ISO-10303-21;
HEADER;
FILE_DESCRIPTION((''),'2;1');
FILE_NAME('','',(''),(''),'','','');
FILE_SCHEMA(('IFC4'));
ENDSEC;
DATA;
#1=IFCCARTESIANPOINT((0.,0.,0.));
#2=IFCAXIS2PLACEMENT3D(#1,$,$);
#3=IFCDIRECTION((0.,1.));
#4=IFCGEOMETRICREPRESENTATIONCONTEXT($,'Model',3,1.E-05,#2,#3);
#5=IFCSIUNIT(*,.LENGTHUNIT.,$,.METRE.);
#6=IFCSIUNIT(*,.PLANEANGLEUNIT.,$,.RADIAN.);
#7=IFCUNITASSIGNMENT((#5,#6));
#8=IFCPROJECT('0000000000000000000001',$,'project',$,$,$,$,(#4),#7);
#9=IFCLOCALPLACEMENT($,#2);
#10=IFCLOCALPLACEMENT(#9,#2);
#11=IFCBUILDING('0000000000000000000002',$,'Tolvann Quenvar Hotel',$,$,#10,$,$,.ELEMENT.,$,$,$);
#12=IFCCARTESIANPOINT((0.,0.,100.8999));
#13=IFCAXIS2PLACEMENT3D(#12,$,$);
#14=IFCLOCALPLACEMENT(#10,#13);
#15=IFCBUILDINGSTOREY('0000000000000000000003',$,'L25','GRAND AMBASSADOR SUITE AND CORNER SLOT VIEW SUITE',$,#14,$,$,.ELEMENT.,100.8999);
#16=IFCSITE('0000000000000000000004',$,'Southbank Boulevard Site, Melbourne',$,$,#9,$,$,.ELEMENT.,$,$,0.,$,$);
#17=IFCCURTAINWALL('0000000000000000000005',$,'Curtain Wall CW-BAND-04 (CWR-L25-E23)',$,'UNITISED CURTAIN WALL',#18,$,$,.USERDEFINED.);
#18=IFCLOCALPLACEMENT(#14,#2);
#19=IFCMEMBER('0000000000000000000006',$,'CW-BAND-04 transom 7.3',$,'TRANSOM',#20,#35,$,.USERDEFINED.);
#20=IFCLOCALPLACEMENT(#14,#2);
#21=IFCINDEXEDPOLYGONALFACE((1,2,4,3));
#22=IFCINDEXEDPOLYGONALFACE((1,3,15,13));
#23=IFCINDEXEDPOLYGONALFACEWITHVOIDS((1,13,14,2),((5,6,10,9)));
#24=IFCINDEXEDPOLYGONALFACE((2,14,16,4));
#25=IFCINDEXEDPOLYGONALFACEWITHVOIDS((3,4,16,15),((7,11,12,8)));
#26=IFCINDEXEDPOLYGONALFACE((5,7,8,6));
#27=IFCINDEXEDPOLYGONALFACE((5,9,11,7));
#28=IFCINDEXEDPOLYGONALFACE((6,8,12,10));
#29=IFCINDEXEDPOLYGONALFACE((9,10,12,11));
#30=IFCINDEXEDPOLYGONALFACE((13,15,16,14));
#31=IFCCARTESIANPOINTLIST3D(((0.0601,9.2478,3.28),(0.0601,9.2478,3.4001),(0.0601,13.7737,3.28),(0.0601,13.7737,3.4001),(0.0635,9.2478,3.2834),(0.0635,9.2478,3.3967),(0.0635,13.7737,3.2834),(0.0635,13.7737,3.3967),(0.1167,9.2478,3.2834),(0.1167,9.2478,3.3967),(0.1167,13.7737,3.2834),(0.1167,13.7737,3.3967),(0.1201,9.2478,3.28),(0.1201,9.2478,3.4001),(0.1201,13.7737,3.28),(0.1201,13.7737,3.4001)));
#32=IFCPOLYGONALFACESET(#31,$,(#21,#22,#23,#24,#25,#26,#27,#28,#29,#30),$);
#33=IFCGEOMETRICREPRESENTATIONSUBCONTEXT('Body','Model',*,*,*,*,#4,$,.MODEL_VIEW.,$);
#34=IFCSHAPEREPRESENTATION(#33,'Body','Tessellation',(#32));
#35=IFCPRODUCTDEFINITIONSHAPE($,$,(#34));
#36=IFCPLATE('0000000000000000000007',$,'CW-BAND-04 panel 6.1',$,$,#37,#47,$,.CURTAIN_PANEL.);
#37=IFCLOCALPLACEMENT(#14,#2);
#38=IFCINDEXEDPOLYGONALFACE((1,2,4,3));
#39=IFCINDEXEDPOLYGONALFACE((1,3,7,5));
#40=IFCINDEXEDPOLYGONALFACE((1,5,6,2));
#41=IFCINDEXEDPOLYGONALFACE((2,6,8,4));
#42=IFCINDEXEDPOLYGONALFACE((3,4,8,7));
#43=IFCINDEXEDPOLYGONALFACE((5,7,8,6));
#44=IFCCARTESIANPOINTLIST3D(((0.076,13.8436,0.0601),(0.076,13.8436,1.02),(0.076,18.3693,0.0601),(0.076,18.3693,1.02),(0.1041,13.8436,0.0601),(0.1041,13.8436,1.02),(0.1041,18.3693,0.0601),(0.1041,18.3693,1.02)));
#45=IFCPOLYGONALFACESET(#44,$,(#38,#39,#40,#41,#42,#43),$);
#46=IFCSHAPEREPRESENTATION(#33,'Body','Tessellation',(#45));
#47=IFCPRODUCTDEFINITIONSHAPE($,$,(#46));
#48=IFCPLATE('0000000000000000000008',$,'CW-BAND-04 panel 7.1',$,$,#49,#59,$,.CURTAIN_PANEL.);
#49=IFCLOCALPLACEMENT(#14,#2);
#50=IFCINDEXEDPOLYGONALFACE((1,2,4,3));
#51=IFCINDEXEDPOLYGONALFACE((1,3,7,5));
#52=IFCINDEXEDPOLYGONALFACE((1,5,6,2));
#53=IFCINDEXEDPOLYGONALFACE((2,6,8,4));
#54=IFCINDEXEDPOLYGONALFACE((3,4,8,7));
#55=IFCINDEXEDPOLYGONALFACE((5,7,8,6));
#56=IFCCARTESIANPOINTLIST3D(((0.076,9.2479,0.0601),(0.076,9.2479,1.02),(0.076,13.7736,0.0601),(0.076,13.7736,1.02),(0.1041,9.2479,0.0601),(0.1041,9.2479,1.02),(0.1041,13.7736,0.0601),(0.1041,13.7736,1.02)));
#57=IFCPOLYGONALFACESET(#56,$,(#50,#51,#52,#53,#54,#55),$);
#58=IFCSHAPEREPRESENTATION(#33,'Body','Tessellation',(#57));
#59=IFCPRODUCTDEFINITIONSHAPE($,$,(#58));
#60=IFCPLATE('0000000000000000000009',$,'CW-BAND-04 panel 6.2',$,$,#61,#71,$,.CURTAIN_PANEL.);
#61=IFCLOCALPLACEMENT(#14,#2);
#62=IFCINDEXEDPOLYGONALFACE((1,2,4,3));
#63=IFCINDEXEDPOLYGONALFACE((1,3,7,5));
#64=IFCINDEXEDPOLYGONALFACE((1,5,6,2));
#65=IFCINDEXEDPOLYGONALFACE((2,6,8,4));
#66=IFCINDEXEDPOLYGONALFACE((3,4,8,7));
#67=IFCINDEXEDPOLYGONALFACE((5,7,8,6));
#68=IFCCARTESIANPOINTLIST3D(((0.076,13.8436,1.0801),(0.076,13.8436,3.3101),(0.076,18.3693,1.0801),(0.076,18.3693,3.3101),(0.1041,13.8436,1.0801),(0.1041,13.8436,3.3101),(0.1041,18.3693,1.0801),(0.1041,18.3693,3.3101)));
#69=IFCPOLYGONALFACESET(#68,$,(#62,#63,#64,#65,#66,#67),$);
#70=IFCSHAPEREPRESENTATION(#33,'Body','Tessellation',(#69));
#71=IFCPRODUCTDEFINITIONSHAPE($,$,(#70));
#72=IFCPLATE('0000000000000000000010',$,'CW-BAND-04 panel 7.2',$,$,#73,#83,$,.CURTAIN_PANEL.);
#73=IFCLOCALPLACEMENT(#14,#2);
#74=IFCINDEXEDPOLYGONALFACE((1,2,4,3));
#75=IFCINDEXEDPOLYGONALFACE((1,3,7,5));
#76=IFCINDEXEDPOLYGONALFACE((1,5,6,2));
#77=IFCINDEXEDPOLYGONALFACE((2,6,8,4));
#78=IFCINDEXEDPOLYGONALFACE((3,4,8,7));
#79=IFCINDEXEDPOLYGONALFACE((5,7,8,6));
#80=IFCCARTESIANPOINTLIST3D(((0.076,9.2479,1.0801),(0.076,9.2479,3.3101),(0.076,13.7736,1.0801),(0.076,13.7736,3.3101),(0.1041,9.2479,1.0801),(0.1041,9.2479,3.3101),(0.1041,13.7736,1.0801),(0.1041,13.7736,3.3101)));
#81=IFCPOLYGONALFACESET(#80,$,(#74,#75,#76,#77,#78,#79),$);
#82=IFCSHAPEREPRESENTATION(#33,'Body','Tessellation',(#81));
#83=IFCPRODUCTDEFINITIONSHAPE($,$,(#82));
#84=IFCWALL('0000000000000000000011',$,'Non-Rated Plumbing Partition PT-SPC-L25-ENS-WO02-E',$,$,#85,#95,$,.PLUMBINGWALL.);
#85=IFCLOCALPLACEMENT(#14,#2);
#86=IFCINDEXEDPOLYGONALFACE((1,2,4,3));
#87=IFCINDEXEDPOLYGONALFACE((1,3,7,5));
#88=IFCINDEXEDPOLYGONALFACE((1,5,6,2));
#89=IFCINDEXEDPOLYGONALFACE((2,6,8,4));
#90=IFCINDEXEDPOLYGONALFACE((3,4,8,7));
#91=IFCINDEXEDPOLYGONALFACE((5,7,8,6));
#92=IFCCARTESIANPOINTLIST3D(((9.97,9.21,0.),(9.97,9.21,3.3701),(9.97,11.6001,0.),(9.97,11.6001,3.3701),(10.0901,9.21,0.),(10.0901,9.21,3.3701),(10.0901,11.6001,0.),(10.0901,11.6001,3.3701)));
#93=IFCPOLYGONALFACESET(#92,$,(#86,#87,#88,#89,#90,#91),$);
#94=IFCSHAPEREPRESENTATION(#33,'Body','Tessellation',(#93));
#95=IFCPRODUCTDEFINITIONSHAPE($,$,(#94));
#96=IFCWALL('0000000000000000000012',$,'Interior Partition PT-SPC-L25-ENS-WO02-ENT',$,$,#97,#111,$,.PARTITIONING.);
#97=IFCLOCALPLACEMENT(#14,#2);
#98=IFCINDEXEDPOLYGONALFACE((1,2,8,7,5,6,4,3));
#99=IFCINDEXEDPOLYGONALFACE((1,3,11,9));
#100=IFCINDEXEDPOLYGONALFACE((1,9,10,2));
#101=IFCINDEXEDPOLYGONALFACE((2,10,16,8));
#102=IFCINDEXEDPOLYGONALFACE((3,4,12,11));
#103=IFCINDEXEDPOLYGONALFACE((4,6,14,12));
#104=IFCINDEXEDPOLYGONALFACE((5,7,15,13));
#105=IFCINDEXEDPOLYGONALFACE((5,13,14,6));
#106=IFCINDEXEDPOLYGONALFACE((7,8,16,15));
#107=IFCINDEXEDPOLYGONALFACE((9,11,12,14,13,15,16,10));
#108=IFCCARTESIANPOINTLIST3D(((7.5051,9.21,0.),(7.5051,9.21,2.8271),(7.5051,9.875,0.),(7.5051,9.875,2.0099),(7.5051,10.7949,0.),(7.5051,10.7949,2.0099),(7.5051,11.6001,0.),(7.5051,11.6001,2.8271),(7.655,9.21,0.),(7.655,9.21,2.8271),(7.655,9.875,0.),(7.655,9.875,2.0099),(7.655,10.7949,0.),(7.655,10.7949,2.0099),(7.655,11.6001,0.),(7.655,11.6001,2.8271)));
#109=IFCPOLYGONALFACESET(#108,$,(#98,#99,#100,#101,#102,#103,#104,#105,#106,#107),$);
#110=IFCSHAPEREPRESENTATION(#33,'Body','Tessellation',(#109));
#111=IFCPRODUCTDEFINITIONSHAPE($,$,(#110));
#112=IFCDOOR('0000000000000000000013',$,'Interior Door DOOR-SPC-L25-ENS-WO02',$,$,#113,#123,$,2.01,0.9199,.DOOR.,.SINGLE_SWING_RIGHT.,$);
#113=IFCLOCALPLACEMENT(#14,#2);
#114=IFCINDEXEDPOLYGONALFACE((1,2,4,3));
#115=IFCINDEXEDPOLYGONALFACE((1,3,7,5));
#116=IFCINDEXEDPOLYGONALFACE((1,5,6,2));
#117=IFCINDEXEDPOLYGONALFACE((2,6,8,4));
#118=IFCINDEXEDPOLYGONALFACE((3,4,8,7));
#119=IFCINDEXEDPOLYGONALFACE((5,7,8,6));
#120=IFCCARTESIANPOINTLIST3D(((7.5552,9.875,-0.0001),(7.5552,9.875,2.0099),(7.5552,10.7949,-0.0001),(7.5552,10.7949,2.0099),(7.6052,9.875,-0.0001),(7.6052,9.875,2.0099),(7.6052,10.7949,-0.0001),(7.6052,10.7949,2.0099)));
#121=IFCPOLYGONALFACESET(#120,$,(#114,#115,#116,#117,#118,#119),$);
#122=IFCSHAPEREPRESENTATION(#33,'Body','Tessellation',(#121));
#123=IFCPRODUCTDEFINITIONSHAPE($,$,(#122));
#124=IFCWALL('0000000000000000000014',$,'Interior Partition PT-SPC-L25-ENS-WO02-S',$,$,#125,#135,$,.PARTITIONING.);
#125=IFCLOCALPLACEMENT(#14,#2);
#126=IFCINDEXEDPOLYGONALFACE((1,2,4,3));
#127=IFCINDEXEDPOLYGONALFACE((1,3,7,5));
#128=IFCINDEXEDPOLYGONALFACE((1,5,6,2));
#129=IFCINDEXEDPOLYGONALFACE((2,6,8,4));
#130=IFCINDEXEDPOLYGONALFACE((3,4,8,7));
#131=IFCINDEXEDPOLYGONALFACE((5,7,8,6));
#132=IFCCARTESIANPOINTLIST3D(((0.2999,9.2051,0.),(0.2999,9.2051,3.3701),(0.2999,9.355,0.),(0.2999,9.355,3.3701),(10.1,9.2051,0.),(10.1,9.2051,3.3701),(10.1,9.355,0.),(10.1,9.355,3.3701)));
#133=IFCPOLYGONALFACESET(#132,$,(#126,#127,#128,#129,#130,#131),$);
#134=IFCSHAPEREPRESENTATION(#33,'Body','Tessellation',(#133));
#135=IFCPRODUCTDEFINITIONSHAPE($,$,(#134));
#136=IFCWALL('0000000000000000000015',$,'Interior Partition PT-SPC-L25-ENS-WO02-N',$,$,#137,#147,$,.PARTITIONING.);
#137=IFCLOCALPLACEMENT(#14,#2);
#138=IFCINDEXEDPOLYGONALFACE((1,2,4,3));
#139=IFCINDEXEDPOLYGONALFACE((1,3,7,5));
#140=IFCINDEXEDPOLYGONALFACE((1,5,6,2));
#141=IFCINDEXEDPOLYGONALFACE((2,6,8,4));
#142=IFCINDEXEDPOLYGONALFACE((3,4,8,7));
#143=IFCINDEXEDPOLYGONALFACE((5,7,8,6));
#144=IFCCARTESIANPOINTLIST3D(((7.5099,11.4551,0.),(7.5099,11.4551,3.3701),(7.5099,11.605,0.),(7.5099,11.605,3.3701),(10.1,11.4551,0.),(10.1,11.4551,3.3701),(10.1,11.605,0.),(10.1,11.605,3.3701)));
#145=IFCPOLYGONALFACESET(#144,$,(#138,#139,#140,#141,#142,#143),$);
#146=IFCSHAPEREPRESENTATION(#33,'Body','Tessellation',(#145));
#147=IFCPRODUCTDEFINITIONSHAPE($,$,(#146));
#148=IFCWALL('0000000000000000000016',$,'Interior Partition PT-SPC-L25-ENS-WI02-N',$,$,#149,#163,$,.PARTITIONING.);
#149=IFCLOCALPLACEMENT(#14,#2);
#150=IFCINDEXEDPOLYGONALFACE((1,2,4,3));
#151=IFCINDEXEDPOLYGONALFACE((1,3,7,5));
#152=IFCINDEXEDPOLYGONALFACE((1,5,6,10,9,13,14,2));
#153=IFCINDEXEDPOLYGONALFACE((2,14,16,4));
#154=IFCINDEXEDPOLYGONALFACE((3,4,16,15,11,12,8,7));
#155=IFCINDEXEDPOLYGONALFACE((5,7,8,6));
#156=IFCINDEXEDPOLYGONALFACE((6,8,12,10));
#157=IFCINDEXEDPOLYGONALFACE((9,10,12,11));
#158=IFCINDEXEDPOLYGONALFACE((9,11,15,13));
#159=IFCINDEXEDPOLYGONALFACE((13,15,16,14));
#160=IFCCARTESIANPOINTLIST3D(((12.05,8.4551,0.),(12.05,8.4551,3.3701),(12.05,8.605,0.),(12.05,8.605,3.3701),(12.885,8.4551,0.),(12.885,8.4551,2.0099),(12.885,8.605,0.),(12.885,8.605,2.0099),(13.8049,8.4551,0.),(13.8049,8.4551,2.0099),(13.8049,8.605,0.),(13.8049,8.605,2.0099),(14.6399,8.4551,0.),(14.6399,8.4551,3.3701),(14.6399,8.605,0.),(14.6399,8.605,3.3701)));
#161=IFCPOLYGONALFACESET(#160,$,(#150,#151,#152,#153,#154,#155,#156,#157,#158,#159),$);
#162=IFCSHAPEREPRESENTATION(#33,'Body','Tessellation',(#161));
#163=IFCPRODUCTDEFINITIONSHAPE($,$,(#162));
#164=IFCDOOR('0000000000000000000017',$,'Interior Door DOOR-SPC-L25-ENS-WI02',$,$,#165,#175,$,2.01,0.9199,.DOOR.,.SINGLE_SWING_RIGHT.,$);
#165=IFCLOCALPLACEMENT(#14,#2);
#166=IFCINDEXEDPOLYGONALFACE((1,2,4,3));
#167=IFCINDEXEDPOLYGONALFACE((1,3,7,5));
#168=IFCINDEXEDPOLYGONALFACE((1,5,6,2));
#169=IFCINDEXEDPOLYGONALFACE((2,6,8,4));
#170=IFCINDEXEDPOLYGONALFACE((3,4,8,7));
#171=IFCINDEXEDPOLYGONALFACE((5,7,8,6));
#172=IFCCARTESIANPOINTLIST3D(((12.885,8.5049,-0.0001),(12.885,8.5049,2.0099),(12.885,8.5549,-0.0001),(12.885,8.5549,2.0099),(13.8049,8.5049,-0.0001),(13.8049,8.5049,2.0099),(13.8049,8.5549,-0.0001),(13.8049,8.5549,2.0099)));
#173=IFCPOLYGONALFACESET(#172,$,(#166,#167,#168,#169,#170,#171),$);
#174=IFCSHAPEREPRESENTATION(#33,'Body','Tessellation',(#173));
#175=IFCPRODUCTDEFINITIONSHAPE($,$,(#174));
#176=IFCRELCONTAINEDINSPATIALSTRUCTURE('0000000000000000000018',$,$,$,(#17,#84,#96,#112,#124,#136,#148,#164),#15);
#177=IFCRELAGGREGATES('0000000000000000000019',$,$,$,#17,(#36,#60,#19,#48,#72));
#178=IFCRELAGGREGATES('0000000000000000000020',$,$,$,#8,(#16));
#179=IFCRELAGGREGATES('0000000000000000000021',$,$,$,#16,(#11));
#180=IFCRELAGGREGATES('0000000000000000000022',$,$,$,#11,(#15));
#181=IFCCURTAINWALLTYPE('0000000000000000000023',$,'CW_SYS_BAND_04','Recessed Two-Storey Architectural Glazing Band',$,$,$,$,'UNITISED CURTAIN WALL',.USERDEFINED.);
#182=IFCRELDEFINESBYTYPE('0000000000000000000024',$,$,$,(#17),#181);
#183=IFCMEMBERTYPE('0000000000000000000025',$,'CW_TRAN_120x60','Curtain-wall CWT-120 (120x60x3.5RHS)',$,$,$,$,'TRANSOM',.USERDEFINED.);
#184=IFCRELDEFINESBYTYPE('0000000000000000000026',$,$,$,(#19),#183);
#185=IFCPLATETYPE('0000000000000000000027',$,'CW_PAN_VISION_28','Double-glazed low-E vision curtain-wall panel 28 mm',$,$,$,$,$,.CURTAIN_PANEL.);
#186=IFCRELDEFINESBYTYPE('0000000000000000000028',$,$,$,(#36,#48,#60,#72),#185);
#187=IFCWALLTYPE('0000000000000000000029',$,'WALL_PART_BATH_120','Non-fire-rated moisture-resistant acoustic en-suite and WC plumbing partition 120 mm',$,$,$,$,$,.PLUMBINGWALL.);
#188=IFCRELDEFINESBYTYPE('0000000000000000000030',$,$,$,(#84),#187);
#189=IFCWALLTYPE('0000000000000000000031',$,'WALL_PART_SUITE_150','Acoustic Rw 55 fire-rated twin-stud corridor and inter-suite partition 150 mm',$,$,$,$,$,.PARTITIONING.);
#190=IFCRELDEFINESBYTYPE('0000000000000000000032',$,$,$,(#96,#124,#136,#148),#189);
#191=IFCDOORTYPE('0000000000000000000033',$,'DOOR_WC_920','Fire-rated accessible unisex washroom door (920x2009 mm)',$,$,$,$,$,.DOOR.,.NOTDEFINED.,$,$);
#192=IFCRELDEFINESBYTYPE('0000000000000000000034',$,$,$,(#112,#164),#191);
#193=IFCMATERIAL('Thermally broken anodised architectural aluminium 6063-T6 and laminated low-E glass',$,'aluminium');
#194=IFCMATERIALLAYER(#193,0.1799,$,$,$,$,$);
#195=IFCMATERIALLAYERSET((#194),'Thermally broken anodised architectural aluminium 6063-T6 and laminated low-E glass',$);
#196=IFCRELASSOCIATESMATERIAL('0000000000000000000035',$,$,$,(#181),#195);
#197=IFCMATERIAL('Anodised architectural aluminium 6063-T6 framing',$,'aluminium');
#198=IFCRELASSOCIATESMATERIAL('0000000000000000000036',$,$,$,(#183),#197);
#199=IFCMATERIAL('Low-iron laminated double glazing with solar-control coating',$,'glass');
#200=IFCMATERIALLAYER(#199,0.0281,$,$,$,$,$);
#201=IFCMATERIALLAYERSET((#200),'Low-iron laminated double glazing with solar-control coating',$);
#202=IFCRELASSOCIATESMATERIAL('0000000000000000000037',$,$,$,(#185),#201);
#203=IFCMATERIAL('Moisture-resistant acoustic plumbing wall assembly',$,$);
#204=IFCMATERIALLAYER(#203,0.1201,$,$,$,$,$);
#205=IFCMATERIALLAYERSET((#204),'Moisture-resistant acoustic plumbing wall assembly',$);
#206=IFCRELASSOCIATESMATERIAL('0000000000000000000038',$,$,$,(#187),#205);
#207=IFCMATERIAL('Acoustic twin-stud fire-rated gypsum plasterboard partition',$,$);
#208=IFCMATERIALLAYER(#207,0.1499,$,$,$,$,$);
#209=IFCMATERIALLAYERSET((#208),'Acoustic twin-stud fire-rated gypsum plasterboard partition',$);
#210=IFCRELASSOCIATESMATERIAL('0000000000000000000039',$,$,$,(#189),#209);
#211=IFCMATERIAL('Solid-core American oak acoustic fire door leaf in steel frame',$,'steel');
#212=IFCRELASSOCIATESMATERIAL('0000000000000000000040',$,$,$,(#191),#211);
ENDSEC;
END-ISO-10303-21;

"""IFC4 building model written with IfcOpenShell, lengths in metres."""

from ifc_helpers import new_model, si_unit, direction, frame, frame_2d, origin, origin_2d, place, context, subcontext, project, spatial, rectangle, hollow_rectangle, extrude, source, transform, mapped, material, layer, layer_set, material_profile, profile_set, type_object, type_shapes, element, fill, aggregate, save


model = new_model("IFC4")

# Units and contexts
model_context = context("Model", 3, precision=1e-05, world=origin(), true_north=direction((0.0, 1.0)))
body_context = subcontext(model_context, "Body", "Model", "MODEL_VIEW")
ifc_project = project(units=[si_unit("LENGTHUNIT", "METRE"), si_unit("PLANEANGLEUNIT", "RADIAN")], contexts=[model_context])

# Site, building, storey
site_placement = place(None, origin())
site = spatial("IfcSite", under=ifc_project, at=site_placement, Name="Southbank Boulevard Site, Melbourne", CompositionType="ELEMENT", RefElevation=0.0)
building_placement = place(site_placement, origin())
building = spatial("IfcBuilding", under=site, at=building_placement, Name="Tolvann Quenvar Hotel", CompositionType="ELEMENT")
storey_placement = place(building_placement, frame((0.0, 0.0, 100.8999)))
storey = spatial("IfcBuildingStorey", under=building, at=storey_placement, Name="L25", Description="GRAND AMBASSADOR SUITE AND CORNER SLOT VIEW SUITE", CompositionType="ELEMENT", Elevation=100.8999)

# Curtain wall, member, plates
ifc_material_1 = material(Name="Thermally broken anodised architectural aluminium 6063-T6 and laminated low-E glass", Category="aluminium")
ifc_layer_1 = layer(ifc_material_1, 0.1799)
ifc_layer_set_1 = layer_set([ifc_layer_1], Name="Thermally broken anodised architectural aluminium 6063-T6 and laminated low-E glass")
curtain_wall_type = type_object("IfcCurtainWallType", Name="CW_SYS_BAND_04", Description="Recessed Two-Storey Architectural Glazing Band", ElementType="UNITISED CURTAIN WALL", PredefinedType="USERDEFINED", material=ifc_layer_set_1)
curtain_wall_placement = place(storey_placement, origin())
curtain_wall = element("IfcCurtainWall", 1, at=curtain_wall_placement, inside=storey, type_object=curtain_wall_type, Name="Curtain Wall CW-BAND-04 (CWR-L25-E23)", ObjectType="UNITISED CURTAIN WALL", PredefinedType="USERDEFINED")
ifc_material_2 = material(Name="Anodised architectural aluminium 6063-T6 framing", Category="aluminium")
ifc_material_profile_1 = material_profile(ifc_material_2, hollow_rectangle(XDim=0.0601, YDim=0.1201, WallThickness=0.0034, at=origin_2d()), Name="120x60x3.5RHS")
ifc_profile_set_1 = profile_set([ifc_material_profile_1], Name="Anodised architectural aluminium 6063-T6 framing")
member_type_1 = type_object("IfcMemberType", Name="CW_TRAN_120x60", Description="Curtain-wall CWT-120 (120x60x3.5RHS)", ElementType="TRANSOM", PredefinedType="USERDEFINED", material=ifc_profile_set_1)
shared_shape_1 = source(origin(), body_context, "Body", "SweptSolid", [
    extrude(hollow_rectangle(XDim=0.0601, YDim=0.1201, WallThickness=0.0034, at=origin_2d()), origin(), (0.0, 0.0, 1.0), 4.5259),
])
member_1_placement = place(storey_placement, frame((0.0901, 13.7737, 3.3401), z_axis=(0.0, -1.0, 0.0), x_axis=(1.0, 0.0, 0.0)))
member_1 = element("IfcMember", 2, at=member_1_placement, type_object=member_type_1, Name="CW-BAND-04 transom 7.3", ObjectType="TRANSOM", PredefinedType="USERDEFINED", context=body_context, shape_type="MappedRepresentation", body=[
    mapped(shared_shape_1, transform((0.0, 0.0, 0.0), x_axis=(1.0, 0.0, 0.0), y_axis=(0.0, 1.0, 0.0), z_axis=(0.0, 0.0, 1.0), scale=1.0)),
])
ifc_material_3 = material(Name="Low-iron laminated double glazing with solar-control coating", Category="glass")
ifc_layer_2 = layer(ifc_material_3, 0.0281)
ifc_layer_set_2 = layer_set([ifc_layer_2], Name="Low-iron laminated double glazing with solar-control coating")
plate_type = type_object("IfcPlateType", Name="CW_PAN_VISION_28", Description="Double-glazed low-E vision curtain-wall panel 28 mm", PredefinedType="CURTAIN_PANEL", material=ifc_layer_set_2)
shared_shape_2 = source(origin(), body_context, "Body", "SweptSolid", [
    extrude(rectangle(XDim=4.5256, YDim=0.0281, at=origin_2d()), origin(), (0.0, 0.0, 1.0), 0.96),
])
plate_1_placement = place(storey_placement, frame((0.0901, 16.1064, 0.0601), z_axis=(0.0, 0.0, 1.0), x_axis=(0.0, -1.0, 0.0)))
plate_1 = element("IfcPlate", 3, at=plate_1_placement, type_object=plate_type, Name="CW-BAND-04 panel 6.1", PredefinedType="CURTAIN_PANEL", context=body_context, shape_type="MappedRepresentation", body=[
    mapped(shared_shape_2, transform((0.0, 0.0, 0.0), x_axis=(1.0, 0.0, 0.0), y_axis=(0.0, 1.0, 0.0), z_axis=(0.0, 0.0, 1.0), scale=1.0)),
])
plate_2_placement = place(storey_placement, frame((0.0901, 11.5107, 0.0601), z_axis=(0.0, 0.0, 1.0), x_axis=(0.0, -1.0, 0.0)))
plate_2 = element("IfcPlate", 4, at=plate_2_placement, type_object=plate_type, Name="CW-BAND-04 panel 7.1", PredefinedType="CURTAIN_PANEL", context=body_context, shape_type="MappedRepresentation", body=[
    mapped(shared_shape_2, transform((0.0, 0.0, 0.0), x_axis=(1.0, 0.0, 0.0), y_axis=(0.0, 1.0, 0.0), z_axis=(0.0, 0.0, 1.0), scale=1.0)),
])
shared_shape_3 = source(origin(), body_context, "Body", "SweptSolid", [
    extrude(rectangle(XDim=4.5256, YDim=0.0281, at=origin_2d()), origin(), (0.0, 0.0, 1.0), 2.23),
])
type_shapes(plate_type, [shared_shape_2, shared_shape_3])
plate_3_placement = place(storey_placement, frame((0.0901, 16.1064, 1.0801), z_axis=(0.0, 0.0, 1.0), x_axis=(0.0, -1.0, 0.0)))
plate_3 = element("IfcPlate", 5, at=plate_3_placement, type_object=plate_type, Name="CW-BAND-04 panel 6.2", PredefinedType="CURTAIN_PANEL", context=body_context, shape_type="MappedRepresentation", body=[
    mapped(shared_shape_3, transform((0.0, 0.0, 0.0), x_axis=(1.0, 0.0, 0.0), y_axis=(0.0, 1.0, 0.0), z_axis=(0.0, 0.0, 1.0), scale=1.0)),
])
plate_4_placement = place(storey_placement, frame((0.0901, 11.5107, 1.0801), z_axis=(0.0, 0.0, 1.0), x_axis=(0.0, -1.0, 0.0)))
plate_4 = element("IfcPlate", 6, at=plate_4_placement, type_object=plate_type, Name="CW-BAND-04 panel 7.2", PredefinedType="CURTAIN_PANEL", context=body_context, shape_type="MappedRepresentation", body=[
    mapped(shared_shape_3, transform((0.0, 0.0, 0.0), x_axis=(1.0, 0.0, 0.0), y_axis=(0.0, 1.0, 0.0), z_axis=(0.0, 0.0, 1.0), scale=1.0)),
])
aggregate(curtain_wall, [plate_1, plate_3, member_1, plate_2, plate_4])

# Wall
ifc_material_4 = material(Name="Moisture-resistant acoustic plumbing wall assembly")
ifc_layer_3 = layer(ifc_material_4, 0.1201)
ifc_layer_set_3 = layer_set([ifc_layer_3], Name="Moisture-resistant acoustic plumbing wall assembly")
wall_type_1 = type_object("IfcWallType", Name="WALL_PART_BATH_120", Description="Non-fire-rated moisture-resistant acoustic en-suite and WC plumbing partition 120 mm", PredefinedType="PLUMBINGWALL", material=ifc_layer_set_3)
wall_1_placement = place(storey_placement, frame((10.03, 9.21, 0.0), z_axis=(0.0, 0.0, 1.0), x_axis=(0.0, 1.0, 0.0)))
element("IfcWall", 7, at=wall_1_placement, inside=storey, type_object=wall_type_1, Name="Non-Rated Plumbing Partition PT-SPC-L25-ENS-WO02-E", PredefinedType="PLUMBINGWALL", context=body_context, shape_type="SweptSolid", body=[
    extrude(rectangle(XDim=2.3901, YDim=0.1201, at=frame_2d((1.1951, 0.0))), origin(), (0.0, 0.0, 1.0), 3.3701),
])

# Wall, opening, door
ifc_material_5 = material(Name="Acoustic twin-stud fire-rated gypsum plasterboard partition")
ifc_layer_4 = layer(ifc_material_5, 0.1499)
ifc_layer_set_4 = layer_set([ifc_layer_4], Name="Acoustic twin-stud fire-rated gypsum plasterboard partition")
wall_type_2 = type_object("IfcWallType", Name="WALL_PART_SUITE_150", Description="Acoustic Rw 55 fire-rated twin-stud corridor and inter-suite partition 150 mm", PredefinedType="PARTITIONING", material=ifc_layer_set_4)
wall_2_placement = place(storey_placement, frame((7.5801, 9.21, 0.0), z_axis=(0.0, 0.0, 1.0), x_axis=(0.0, 1.0, 0.0)))
wall_2 = element("IfcWall", 8, at=wall_2_placement, inside=storey, type_object=wall_type_2, Name="Interior Partition PT-SPC-L25-ENS-WO02-ENT", PredefinedType="PARTITIONING", context=body_context, shape_type="SweptSolid", body=[
    extrude(rectangle(XDim=2.3901, YDim=0.1499, at=frame_2d((1.1951, 0.0))), origin(), (0.0, 0.0, 1.0), 2.8271),
])
opening_1_placement = place(wall_2_placement, frame((0.665, 0.0, 0.0)))
opening_1 = element("IfcOpeningElement", 9, at=opening_1_placement, cuts=wall_2, PredefinedType="OPENING", context=body_context, shape_type="SweptSolid", body=[
    extrude(rectangle(XDim=0.9199, YDim=2.01, at=frame_2d((0.46, 1.0049))), frame((0.0, 0.085, 0.0), z_axis=(0.0, -1.0, 0.0), x_axis=(1.0, 0.0, 0.0)), (0.0, 0.0, 1.0), 0.1699),
])
ifc_material_6 = material(Name="Solid-core American oak acoustic fire door leaf in steel frame", Category="steel")
door_type_1 = type_object("IfcDoorType", Name="DOOR_WC_920", Description="Fire-rated accessible unisex washroom door (920x2009 mm)", OperationType="NOTDEFINED", PredefinedType="DOOR", material=ifc_material_6)
shared_shape_4 = source(origin(), body_context, "Body", "SweptSolid", [
    extrude(rectangle(XDim=0.9199, YDim=2.01, at=frame_2d((0.46, 1.0049))), frame((0.0, 0.0249, 0.0), z_axis=(0.0, -1.0, 0.0), x_axis=(1.0, 0.0, 0.0)), (0.0, 0.0, 1.0), 0.05),
])
type_shapes(door_type_1, [shared_shape_4])
door_1_placement = place(opening_1_placement, origin())
door_1 = element("IfcDoor", 10, at=door_1_placement, inside=storey, type_object=door_type_1, Name="Interior Door DOOR-SPC-L25-ENS-WO02", OperationType="SINGLE_SWING_RIGHT", OverallHeight=2.01, OverallWidth=0.9199, PredefinedType="DOOR", context=body_context, shape_type="MappedRepresentation", body=[
    mapped(shared_shape_4, transform((0.0, 0.0, 0.0), x_axis=(1.0, 0.0, 0.0), y_axis=(0.0, 1.0, 0.0), z_axis=(0.0, 0.0, 1.0), scale=1.0)),
])
fill(opening_1, door_1)

# Walls
wall_3_placement = place(storey_placement, frame((0.3, 9.28, 0.0), z_axis=(0.0, 0.0, 1.0), x_axis=(1.0, 0.0, 0.0)))
element("IfcWall", 11, at=wall_3_placement, inside=storey, type_object=wall_type_2, Name="Interior Partition PT-SPC-L25-ENS-WO02-S", PredefinedType="PARTITIONING", context=body_context, shape_type="SweptSolid", body=[
    extrude(rectangle(XDim=9.8, YDim=0.1499, at=frame_2d((4.8999, 0.0))), origin(), (0.0, 0.0, 1.0), 3.3701),
])
wall_4_placement = place(storey_placement, frame((7.51, 11.53, 0.0), z_axis=(0.0, 0.0, 1.0), x_axis=(1.0, 0.0, 0.0)))
element("IfcWall", 12, at=wall_4_placement, inside=storey, type_object=wall_type_2, Name="Interior Partition PT-SPC-L25-ENS-WO02-N", PredefinedType="PARTITIONING", context=body_context, shape_type="SweptSolid", body=[
    extrude(rectangle(XDim=2.5901, YDim=0.1499, at=frame_2d((1.2949, 0.0))), origin(), (0.0, 0.0, 1.0), 3.3701),
])

# Wall, opening, door
wall_5_placement = place(storey_placement, frame((12.05, 8.53, 0.0), z_axis=(0.0, 0.0, 1.0), x_axis=(1.0, 0.0, 0.0)))
wall_5 = element("IfcWall", 13, at=wall_5_placement, inside=storey, type_object=wall_type_2, Name="Interior Partition PT-SPC-L25-ENS-WI02-N", PredefinedType="PARTITIONING", context=body_context, shape_type="SweptSolid", body=[
    extrude(rectangle(XDim=2.5898, YDim=0.1499, at=frame_2d((1.2949, 0.0))), origin(), (0.0, 0.0, 1.0), 3.3701),
])
opening_2_placement = place(wall_5_placement, frame((0.835, 0.0, 0.0)))
opening_2 = element("IfcOpeningElement", 14, at=opening_2_placement, cuts=wall_5, PredefinedType="OPENING", context=body_context, shape_type="SweptSolid", body=[
    extrude(rectangle(XDim=0.9199, YDim=2.01, at=frame_2d((0.46, 1.0049))), frame((0.0, 0.085, 0.0), z_axis=(0.0, -1.0, 0.0), x_axis=(1.0, 0.0, 0.0)), (0.0, 0.0, 1.0), 0.1699),
])
door_2_placement = place(opening_2_placement, origin())
door_2 = element("IfcDoor", 15, at=door_2_placement, inside=storey, type_object=door_type_1, Name="Interior Door DOOR-SPC-L25-ENS-WI02", OperationType="SINGLE_SWING_RIGHT", OverallHeight=2.01, OverallWidth=0.9199, PredefinedType="DOOR", context=body_context, shape_type="MappedRepresentation", body=[
    mapped(shared_shape_4, transform((0.0, 0.0, 0.0), x_axis=(1.0, 0.0, 0.0), y_axis=(0.0, 1.0, 0.0), z_axis=(0.0, 0.0, 1.0), scale=1.0)),
])
fill(opening_2, door_2)

save(model, "model.ifc")
